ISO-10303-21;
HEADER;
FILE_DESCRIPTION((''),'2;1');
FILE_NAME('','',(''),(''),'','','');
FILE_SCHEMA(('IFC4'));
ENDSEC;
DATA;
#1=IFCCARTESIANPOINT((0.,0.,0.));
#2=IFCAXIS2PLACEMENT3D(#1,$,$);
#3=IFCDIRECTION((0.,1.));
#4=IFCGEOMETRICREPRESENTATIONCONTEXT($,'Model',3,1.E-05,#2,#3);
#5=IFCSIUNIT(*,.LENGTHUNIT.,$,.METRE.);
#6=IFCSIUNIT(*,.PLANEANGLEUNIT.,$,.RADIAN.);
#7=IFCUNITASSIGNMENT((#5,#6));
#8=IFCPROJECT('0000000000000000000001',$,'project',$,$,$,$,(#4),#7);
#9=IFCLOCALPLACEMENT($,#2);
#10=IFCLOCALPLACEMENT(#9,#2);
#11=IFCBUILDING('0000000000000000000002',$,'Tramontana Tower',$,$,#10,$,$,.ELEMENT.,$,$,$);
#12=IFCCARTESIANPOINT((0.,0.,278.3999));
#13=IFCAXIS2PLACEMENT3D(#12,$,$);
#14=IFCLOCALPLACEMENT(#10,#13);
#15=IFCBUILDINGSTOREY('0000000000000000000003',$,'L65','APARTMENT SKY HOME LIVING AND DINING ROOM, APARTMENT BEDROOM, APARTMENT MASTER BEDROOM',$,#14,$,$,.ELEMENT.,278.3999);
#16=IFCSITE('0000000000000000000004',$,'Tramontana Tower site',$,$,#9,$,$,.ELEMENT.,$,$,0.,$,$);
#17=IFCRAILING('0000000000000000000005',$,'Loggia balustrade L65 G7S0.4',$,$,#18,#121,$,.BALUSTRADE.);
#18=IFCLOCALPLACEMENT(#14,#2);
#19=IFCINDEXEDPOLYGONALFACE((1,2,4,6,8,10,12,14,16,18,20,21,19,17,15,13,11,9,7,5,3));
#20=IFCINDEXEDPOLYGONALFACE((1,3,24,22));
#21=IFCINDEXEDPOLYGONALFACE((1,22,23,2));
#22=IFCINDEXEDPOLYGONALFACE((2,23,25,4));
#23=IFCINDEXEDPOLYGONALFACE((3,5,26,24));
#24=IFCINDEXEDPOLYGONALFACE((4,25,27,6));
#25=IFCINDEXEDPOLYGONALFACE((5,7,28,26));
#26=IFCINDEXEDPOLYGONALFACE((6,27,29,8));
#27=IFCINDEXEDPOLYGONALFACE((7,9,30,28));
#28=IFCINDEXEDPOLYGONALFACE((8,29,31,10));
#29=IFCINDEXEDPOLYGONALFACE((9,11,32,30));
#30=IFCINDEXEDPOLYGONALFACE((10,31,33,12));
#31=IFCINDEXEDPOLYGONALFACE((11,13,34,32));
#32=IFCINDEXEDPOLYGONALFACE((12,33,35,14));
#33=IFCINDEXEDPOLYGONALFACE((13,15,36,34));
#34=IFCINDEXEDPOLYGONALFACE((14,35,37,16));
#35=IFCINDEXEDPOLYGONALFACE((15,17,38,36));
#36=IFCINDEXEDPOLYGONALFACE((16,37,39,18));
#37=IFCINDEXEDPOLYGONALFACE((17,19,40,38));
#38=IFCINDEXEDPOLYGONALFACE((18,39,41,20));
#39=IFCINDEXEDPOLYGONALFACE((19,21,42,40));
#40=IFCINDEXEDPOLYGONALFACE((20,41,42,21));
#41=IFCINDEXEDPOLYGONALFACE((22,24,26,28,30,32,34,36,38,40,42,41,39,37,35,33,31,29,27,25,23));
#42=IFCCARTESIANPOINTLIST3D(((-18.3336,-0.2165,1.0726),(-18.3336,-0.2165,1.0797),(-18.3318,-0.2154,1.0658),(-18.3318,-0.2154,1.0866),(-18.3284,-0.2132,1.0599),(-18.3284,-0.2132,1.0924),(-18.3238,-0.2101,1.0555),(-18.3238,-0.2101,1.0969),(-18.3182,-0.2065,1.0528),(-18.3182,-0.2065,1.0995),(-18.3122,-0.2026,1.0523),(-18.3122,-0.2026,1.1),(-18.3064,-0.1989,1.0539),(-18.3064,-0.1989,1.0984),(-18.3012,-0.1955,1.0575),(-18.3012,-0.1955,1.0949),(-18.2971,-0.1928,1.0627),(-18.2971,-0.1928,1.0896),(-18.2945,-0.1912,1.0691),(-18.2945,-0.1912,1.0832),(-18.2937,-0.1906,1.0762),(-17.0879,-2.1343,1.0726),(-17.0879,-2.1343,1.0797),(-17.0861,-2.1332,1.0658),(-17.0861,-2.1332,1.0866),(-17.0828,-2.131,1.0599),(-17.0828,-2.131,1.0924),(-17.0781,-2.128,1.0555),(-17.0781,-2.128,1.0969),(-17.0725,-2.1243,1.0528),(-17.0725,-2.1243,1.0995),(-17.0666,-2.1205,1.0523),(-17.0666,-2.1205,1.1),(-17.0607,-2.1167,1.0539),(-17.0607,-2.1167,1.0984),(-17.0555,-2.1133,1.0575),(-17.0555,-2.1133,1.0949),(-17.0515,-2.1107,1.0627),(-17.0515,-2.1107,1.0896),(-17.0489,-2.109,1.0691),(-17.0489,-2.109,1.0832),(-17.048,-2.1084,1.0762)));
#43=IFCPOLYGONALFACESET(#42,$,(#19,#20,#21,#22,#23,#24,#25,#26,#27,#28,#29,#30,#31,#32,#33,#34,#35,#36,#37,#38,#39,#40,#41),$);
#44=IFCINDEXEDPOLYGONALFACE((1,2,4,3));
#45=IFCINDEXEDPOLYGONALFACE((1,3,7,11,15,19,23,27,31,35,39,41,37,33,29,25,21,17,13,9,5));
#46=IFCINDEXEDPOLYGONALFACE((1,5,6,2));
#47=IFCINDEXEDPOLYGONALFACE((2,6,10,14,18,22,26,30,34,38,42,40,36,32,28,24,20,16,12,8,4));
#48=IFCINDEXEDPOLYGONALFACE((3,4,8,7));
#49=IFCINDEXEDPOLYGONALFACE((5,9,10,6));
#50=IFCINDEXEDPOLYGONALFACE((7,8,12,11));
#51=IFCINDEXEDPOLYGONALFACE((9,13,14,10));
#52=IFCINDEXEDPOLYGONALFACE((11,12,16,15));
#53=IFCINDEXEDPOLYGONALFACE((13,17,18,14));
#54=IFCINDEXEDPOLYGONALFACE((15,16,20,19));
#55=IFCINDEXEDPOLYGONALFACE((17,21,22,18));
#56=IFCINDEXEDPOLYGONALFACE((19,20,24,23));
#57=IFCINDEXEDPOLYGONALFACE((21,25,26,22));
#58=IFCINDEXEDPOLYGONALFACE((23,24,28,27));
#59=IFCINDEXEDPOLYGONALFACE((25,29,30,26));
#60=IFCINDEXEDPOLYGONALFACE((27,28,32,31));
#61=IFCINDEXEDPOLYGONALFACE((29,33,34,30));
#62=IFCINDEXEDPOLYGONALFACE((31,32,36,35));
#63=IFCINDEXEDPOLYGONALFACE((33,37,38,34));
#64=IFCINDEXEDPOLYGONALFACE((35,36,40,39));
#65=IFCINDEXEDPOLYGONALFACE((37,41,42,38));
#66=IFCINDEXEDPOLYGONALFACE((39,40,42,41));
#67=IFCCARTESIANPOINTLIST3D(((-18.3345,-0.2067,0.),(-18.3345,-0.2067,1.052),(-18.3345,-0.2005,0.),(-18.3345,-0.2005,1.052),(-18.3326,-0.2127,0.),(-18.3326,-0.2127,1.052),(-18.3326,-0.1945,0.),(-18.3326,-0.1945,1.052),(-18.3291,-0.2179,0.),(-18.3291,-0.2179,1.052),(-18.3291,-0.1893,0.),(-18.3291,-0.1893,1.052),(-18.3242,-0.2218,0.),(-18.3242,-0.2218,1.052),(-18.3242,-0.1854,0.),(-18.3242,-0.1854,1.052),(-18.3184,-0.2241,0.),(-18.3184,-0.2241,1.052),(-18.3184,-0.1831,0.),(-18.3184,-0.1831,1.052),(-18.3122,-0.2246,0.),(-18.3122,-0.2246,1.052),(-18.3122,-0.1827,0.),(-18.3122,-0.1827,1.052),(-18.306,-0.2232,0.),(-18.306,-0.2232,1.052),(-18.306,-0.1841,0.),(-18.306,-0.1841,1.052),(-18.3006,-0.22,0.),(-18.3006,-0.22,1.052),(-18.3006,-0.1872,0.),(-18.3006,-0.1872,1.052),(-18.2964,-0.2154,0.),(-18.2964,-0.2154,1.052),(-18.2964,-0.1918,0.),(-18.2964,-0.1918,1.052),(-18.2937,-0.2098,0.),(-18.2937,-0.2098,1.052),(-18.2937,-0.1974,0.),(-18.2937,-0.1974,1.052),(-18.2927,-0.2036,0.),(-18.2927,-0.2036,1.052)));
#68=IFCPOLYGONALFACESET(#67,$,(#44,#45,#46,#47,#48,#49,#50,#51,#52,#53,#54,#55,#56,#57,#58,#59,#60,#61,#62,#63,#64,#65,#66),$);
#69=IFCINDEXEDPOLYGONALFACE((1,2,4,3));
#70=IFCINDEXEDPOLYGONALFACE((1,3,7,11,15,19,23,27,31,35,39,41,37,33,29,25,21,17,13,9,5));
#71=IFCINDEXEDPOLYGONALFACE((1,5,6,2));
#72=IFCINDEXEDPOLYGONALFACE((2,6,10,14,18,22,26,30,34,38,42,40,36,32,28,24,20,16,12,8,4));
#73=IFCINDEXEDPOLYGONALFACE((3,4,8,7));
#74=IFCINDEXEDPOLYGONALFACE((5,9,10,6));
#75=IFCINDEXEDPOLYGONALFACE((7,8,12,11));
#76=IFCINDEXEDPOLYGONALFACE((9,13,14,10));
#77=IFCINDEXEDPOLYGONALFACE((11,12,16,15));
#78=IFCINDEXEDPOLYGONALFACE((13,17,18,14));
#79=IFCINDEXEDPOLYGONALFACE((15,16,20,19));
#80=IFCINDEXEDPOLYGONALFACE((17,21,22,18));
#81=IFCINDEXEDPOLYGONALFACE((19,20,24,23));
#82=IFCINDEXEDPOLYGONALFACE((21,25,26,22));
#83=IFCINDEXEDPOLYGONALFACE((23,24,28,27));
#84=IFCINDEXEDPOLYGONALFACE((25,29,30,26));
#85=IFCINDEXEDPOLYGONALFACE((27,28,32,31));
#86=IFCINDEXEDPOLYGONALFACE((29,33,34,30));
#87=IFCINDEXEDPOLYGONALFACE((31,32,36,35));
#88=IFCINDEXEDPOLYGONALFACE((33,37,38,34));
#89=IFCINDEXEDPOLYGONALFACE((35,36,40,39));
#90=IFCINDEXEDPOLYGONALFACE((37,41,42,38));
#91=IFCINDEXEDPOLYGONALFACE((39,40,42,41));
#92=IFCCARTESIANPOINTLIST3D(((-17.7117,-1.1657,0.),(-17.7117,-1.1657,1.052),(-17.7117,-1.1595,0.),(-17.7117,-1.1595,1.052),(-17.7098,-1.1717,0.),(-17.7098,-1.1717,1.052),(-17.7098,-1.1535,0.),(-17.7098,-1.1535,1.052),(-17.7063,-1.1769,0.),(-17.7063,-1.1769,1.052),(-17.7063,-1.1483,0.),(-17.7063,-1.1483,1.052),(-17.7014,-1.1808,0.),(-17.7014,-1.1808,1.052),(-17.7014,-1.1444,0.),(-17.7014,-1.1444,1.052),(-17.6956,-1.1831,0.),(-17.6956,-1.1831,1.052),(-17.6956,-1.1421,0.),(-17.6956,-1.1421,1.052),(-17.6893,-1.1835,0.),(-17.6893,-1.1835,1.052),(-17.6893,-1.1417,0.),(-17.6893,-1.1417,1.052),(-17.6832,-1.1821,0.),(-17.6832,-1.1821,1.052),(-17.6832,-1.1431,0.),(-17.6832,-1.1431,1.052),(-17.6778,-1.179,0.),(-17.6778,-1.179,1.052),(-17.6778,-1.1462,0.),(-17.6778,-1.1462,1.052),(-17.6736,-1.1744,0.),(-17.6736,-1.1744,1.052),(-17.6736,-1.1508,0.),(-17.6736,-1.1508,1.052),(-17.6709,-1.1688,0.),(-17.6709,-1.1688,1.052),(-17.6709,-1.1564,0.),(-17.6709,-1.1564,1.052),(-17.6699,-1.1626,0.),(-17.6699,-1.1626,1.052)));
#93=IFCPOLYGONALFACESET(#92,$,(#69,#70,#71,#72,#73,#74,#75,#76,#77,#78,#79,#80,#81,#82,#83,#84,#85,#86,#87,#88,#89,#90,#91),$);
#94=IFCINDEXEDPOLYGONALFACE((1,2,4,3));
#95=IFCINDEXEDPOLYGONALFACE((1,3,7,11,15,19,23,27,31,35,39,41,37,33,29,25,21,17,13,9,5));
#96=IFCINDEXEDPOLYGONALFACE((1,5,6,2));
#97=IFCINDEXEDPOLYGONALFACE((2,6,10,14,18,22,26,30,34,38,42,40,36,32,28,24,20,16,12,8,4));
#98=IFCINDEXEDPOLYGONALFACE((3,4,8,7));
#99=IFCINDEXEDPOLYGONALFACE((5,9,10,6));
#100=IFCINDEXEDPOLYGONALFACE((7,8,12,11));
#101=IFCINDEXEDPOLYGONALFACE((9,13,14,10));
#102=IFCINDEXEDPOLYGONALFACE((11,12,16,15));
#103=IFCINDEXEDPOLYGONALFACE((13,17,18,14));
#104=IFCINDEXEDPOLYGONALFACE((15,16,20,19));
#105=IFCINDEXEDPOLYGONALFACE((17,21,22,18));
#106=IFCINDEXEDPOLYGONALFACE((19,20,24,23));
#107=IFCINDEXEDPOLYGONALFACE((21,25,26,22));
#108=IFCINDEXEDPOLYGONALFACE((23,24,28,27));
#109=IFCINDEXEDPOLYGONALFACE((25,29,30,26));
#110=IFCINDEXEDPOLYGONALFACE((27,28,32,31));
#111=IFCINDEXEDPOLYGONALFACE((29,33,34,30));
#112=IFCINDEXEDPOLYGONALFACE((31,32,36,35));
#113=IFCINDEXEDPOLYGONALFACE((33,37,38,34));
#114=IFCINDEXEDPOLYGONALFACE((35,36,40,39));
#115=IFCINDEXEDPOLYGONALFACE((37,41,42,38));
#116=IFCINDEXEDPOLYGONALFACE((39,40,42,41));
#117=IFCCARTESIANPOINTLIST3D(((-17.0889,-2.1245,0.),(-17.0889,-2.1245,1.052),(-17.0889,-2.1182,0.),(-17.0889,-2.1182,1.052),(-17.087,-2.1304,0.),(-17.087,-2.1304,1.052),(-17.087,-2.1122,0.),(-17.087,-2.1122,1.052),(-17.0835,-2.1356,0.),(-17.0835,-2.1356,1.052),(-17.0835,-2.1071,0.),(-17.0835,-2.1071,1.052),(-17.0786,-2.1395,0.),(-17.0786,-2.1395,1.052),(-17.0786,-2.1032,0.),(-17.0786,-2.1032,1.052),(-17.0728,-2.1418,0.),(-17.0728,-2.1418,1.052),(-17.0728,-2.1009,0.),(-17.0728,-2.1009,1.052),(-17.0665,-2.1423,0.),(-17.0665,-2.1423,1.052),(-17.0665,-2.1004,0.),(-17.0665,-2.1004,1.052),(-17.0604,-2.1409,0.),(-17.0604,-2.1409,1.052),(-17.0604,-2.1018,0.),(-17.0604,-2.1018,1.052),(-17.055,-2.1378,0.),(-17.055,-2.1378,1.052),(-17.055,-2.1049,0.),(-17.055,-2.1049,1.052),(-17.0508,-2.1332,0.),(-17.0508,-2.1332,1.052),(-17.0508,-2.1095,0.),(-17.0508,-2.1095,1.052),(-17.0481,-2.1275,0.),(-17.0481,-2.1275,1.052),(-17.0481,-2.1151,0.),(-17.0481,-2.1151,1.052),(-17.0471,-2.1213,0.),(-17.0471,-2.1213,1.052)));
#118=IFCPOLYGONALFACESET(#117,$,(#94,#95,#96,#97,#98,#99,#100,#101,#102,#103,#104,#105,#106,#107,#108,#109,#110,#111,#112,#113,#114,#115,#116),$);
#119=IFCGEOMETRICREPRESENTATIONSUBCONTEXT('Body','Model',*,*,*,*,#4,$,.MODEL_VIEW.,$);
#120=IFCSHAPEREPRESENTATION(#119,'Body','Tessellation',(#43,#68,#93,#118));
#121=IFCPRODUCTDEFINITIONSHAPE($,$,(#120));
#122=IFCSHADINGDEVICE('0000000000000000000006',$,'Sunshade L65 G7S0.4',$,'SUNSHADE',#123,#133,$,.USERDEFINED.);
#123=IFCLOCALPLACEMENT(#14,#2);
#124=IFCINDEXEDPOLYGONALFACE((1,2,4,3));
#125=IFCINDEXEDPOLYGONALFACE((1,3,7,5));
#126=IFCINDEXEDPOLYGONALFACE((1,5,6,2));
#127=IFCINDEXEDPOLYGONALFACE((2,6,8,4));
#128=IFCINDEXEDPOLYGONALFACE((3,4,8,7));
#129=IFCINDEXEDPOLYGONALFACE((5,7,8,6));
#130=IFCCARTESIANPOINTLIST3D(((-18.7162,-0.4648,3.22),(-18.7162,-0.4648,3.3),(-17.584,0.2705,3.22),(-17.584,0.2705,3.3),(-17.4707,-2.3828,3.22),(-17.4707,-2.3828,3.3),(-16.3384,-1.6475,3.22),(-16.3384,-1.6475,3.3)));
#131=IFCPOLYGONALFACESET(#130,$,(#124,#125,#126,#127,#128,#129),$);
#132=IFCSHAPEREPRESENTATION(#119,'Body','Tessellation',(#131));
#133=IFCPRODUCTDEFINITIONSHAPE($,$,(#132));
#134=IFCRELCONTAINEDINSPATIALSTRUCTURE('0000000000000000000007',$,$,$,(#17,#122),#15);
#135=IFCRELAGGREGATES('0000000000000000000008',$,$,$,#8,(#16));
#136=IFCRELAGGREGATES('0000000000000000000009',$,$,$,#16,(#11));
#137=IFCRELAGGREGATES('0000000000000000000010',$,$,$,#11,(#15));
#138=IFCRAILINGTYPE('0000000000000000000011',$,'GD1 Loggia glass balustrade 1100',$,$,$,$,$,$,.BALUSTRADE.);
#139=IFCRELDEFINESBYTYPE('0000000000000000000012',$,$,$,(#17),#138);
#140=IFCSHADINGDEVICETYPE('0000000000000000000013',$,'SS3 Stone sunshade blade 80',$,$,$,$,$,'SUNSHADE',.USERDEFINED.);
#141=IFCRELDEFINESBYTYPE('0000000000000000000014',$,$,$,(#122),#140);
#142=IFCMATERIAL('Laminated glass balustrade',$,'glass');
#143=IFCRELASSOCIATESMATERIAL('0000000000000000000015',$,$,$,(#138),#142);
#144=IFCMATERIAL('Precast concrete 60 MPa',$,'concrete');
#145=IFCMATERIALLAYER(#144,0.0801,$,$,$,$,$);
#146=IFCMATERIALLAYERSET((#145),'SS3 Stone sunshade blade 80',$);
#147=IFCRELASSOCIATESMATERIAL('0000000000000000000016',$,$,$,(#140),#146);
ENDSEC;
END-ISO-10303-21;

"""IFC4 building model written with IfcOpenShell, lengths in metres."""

from ifc_helpers import new_model, si_unit, direction, frame, origin, origin_2d, place, context, subcontext, project, spatial, rectangle, circle, extrude, material, layer, layer_set, type_object, element, save


model = new_model("IFC4")

# Units and contexts
model_context = context("Model", 3, precision=1e-05, world=origin(), true_north=direction((0.0, 1.0)))
body_context = subcontext(model_context, "Body", "Model", "MODEL_VIEW")
ifc_project = project(units=[si_unit("LENGTHUNIT", "METRE"), si_unit("PLANEANGLEUNIT", "RADIAN")], contexts=[model_context])

# Site, building, storey
site_placement = place(None, origin())
site = spatial("IfcSite", under=ifc_project, at=site_placement, Name="Tramontana Tower site", CompositionType="ELEMENT", RefElevation=0.0)
building_placement = place(site_placement, origin())
building = spatial("IfcBuilding", under=site, at=building_placement, Name="Tramontana Tower", CompositionType="ELEMENT")
storey_placement = place(building_placement, frame((0.0, 0.0, 278.3999)))
storey = spatial("IfcBuildingStorey", under=building, at=storey_placement, Name="L65", Description="APARTMENT SKY HOME LIVING AND DINING ROOM, APARTMENT BEDROOM, APARTMENT MASTER BEDROOM", CompositionType="ELEMENT", Elevation=278.3999)

# Railing
ifc_material_1 = material(Name="Laminated glass balustrade", Category="glass")
railing_type = type_object("IfcRailingType", Name="GD1 Loggia glass balustrade 1100", PredefinedType="BALUSTRADE", material=ifc_material_1)
railing_placement = place(storey_placement, frame((-18.3137, -0.2036, 0.0)))
element("IfcRailing", 1, at=railing_placement, inside=storey, type_object=railing_type, Name="Loggia balustrade L65 G7S0.4", PredefinedType="BALUSTRADE", context=body_context, shape_type="SweptSolid", body=[
    extrude(circle(Radius=0.0239, at=origin_2d()), frame((0.0, 0.0, 1.0762), z_axis=(0.544707, -0.838627, 0.0), x_axis=(0.838627, 0.544707, 0.0)), (0.0, 0.0, 1.0), 2.2869),
    extrude(circle(Radius=0.021, at=origin_2d()), origin(), (0.0, 0.0, 1.0), 1.052),
    extrude(circle(Radius=0.021, at=origin_2d()), frame((0.6228, -0.959, 0.0)), (0.0, 0.0, 1.0), 1.052),
    extrude(circle(Radius=0.021, at=origin_2d()), frame((1.2456, -1.9177, 0.0)), (0.0, 0.0, 1.0), 1.052),
])

# Shading device
ifc_material_2 = material(Name="Precast concrete 60 MPa", Category="concrete")
ifc_layer_1 = layer(ifc_material_2, 0.0801)
ifc_layer_set_1 = layer_set([ifc_layer_1], Name="SS3 Stone sunshade blade 80")
shading_device_type = type_object("IfcShadingDeviceType", Name="SS3 Stone sunshade blade 80", ElementType="SUNSHADE", PredefinedType="USERDEFINED", material=ifc_layer_set_1)
shading_device_placement = place(storey_placement, frame((-17.5273, -1.0562, 3.22), z_axis=(0.0, 0.0, 1.0), x_axis=(0.544639, -0.838671, 0.0)))
element("IfcShadingDevice", 2, at=shading_device_placement, inside=storey, type_object=shading_device_type, Name="Sunshade L65 G7S0.4", ObjectType="SUNSHADE", PredefinedType="USERDEFINED", context=body_context, shape_type="SweptSolid", body=[
    extrude(rectangle(XDim=2.2869, YDim=1.3501, at=origin_2d()), origin(), (0.0, 0.0, 1.0), 0.0801),
])

save(model, "model.ifc")
